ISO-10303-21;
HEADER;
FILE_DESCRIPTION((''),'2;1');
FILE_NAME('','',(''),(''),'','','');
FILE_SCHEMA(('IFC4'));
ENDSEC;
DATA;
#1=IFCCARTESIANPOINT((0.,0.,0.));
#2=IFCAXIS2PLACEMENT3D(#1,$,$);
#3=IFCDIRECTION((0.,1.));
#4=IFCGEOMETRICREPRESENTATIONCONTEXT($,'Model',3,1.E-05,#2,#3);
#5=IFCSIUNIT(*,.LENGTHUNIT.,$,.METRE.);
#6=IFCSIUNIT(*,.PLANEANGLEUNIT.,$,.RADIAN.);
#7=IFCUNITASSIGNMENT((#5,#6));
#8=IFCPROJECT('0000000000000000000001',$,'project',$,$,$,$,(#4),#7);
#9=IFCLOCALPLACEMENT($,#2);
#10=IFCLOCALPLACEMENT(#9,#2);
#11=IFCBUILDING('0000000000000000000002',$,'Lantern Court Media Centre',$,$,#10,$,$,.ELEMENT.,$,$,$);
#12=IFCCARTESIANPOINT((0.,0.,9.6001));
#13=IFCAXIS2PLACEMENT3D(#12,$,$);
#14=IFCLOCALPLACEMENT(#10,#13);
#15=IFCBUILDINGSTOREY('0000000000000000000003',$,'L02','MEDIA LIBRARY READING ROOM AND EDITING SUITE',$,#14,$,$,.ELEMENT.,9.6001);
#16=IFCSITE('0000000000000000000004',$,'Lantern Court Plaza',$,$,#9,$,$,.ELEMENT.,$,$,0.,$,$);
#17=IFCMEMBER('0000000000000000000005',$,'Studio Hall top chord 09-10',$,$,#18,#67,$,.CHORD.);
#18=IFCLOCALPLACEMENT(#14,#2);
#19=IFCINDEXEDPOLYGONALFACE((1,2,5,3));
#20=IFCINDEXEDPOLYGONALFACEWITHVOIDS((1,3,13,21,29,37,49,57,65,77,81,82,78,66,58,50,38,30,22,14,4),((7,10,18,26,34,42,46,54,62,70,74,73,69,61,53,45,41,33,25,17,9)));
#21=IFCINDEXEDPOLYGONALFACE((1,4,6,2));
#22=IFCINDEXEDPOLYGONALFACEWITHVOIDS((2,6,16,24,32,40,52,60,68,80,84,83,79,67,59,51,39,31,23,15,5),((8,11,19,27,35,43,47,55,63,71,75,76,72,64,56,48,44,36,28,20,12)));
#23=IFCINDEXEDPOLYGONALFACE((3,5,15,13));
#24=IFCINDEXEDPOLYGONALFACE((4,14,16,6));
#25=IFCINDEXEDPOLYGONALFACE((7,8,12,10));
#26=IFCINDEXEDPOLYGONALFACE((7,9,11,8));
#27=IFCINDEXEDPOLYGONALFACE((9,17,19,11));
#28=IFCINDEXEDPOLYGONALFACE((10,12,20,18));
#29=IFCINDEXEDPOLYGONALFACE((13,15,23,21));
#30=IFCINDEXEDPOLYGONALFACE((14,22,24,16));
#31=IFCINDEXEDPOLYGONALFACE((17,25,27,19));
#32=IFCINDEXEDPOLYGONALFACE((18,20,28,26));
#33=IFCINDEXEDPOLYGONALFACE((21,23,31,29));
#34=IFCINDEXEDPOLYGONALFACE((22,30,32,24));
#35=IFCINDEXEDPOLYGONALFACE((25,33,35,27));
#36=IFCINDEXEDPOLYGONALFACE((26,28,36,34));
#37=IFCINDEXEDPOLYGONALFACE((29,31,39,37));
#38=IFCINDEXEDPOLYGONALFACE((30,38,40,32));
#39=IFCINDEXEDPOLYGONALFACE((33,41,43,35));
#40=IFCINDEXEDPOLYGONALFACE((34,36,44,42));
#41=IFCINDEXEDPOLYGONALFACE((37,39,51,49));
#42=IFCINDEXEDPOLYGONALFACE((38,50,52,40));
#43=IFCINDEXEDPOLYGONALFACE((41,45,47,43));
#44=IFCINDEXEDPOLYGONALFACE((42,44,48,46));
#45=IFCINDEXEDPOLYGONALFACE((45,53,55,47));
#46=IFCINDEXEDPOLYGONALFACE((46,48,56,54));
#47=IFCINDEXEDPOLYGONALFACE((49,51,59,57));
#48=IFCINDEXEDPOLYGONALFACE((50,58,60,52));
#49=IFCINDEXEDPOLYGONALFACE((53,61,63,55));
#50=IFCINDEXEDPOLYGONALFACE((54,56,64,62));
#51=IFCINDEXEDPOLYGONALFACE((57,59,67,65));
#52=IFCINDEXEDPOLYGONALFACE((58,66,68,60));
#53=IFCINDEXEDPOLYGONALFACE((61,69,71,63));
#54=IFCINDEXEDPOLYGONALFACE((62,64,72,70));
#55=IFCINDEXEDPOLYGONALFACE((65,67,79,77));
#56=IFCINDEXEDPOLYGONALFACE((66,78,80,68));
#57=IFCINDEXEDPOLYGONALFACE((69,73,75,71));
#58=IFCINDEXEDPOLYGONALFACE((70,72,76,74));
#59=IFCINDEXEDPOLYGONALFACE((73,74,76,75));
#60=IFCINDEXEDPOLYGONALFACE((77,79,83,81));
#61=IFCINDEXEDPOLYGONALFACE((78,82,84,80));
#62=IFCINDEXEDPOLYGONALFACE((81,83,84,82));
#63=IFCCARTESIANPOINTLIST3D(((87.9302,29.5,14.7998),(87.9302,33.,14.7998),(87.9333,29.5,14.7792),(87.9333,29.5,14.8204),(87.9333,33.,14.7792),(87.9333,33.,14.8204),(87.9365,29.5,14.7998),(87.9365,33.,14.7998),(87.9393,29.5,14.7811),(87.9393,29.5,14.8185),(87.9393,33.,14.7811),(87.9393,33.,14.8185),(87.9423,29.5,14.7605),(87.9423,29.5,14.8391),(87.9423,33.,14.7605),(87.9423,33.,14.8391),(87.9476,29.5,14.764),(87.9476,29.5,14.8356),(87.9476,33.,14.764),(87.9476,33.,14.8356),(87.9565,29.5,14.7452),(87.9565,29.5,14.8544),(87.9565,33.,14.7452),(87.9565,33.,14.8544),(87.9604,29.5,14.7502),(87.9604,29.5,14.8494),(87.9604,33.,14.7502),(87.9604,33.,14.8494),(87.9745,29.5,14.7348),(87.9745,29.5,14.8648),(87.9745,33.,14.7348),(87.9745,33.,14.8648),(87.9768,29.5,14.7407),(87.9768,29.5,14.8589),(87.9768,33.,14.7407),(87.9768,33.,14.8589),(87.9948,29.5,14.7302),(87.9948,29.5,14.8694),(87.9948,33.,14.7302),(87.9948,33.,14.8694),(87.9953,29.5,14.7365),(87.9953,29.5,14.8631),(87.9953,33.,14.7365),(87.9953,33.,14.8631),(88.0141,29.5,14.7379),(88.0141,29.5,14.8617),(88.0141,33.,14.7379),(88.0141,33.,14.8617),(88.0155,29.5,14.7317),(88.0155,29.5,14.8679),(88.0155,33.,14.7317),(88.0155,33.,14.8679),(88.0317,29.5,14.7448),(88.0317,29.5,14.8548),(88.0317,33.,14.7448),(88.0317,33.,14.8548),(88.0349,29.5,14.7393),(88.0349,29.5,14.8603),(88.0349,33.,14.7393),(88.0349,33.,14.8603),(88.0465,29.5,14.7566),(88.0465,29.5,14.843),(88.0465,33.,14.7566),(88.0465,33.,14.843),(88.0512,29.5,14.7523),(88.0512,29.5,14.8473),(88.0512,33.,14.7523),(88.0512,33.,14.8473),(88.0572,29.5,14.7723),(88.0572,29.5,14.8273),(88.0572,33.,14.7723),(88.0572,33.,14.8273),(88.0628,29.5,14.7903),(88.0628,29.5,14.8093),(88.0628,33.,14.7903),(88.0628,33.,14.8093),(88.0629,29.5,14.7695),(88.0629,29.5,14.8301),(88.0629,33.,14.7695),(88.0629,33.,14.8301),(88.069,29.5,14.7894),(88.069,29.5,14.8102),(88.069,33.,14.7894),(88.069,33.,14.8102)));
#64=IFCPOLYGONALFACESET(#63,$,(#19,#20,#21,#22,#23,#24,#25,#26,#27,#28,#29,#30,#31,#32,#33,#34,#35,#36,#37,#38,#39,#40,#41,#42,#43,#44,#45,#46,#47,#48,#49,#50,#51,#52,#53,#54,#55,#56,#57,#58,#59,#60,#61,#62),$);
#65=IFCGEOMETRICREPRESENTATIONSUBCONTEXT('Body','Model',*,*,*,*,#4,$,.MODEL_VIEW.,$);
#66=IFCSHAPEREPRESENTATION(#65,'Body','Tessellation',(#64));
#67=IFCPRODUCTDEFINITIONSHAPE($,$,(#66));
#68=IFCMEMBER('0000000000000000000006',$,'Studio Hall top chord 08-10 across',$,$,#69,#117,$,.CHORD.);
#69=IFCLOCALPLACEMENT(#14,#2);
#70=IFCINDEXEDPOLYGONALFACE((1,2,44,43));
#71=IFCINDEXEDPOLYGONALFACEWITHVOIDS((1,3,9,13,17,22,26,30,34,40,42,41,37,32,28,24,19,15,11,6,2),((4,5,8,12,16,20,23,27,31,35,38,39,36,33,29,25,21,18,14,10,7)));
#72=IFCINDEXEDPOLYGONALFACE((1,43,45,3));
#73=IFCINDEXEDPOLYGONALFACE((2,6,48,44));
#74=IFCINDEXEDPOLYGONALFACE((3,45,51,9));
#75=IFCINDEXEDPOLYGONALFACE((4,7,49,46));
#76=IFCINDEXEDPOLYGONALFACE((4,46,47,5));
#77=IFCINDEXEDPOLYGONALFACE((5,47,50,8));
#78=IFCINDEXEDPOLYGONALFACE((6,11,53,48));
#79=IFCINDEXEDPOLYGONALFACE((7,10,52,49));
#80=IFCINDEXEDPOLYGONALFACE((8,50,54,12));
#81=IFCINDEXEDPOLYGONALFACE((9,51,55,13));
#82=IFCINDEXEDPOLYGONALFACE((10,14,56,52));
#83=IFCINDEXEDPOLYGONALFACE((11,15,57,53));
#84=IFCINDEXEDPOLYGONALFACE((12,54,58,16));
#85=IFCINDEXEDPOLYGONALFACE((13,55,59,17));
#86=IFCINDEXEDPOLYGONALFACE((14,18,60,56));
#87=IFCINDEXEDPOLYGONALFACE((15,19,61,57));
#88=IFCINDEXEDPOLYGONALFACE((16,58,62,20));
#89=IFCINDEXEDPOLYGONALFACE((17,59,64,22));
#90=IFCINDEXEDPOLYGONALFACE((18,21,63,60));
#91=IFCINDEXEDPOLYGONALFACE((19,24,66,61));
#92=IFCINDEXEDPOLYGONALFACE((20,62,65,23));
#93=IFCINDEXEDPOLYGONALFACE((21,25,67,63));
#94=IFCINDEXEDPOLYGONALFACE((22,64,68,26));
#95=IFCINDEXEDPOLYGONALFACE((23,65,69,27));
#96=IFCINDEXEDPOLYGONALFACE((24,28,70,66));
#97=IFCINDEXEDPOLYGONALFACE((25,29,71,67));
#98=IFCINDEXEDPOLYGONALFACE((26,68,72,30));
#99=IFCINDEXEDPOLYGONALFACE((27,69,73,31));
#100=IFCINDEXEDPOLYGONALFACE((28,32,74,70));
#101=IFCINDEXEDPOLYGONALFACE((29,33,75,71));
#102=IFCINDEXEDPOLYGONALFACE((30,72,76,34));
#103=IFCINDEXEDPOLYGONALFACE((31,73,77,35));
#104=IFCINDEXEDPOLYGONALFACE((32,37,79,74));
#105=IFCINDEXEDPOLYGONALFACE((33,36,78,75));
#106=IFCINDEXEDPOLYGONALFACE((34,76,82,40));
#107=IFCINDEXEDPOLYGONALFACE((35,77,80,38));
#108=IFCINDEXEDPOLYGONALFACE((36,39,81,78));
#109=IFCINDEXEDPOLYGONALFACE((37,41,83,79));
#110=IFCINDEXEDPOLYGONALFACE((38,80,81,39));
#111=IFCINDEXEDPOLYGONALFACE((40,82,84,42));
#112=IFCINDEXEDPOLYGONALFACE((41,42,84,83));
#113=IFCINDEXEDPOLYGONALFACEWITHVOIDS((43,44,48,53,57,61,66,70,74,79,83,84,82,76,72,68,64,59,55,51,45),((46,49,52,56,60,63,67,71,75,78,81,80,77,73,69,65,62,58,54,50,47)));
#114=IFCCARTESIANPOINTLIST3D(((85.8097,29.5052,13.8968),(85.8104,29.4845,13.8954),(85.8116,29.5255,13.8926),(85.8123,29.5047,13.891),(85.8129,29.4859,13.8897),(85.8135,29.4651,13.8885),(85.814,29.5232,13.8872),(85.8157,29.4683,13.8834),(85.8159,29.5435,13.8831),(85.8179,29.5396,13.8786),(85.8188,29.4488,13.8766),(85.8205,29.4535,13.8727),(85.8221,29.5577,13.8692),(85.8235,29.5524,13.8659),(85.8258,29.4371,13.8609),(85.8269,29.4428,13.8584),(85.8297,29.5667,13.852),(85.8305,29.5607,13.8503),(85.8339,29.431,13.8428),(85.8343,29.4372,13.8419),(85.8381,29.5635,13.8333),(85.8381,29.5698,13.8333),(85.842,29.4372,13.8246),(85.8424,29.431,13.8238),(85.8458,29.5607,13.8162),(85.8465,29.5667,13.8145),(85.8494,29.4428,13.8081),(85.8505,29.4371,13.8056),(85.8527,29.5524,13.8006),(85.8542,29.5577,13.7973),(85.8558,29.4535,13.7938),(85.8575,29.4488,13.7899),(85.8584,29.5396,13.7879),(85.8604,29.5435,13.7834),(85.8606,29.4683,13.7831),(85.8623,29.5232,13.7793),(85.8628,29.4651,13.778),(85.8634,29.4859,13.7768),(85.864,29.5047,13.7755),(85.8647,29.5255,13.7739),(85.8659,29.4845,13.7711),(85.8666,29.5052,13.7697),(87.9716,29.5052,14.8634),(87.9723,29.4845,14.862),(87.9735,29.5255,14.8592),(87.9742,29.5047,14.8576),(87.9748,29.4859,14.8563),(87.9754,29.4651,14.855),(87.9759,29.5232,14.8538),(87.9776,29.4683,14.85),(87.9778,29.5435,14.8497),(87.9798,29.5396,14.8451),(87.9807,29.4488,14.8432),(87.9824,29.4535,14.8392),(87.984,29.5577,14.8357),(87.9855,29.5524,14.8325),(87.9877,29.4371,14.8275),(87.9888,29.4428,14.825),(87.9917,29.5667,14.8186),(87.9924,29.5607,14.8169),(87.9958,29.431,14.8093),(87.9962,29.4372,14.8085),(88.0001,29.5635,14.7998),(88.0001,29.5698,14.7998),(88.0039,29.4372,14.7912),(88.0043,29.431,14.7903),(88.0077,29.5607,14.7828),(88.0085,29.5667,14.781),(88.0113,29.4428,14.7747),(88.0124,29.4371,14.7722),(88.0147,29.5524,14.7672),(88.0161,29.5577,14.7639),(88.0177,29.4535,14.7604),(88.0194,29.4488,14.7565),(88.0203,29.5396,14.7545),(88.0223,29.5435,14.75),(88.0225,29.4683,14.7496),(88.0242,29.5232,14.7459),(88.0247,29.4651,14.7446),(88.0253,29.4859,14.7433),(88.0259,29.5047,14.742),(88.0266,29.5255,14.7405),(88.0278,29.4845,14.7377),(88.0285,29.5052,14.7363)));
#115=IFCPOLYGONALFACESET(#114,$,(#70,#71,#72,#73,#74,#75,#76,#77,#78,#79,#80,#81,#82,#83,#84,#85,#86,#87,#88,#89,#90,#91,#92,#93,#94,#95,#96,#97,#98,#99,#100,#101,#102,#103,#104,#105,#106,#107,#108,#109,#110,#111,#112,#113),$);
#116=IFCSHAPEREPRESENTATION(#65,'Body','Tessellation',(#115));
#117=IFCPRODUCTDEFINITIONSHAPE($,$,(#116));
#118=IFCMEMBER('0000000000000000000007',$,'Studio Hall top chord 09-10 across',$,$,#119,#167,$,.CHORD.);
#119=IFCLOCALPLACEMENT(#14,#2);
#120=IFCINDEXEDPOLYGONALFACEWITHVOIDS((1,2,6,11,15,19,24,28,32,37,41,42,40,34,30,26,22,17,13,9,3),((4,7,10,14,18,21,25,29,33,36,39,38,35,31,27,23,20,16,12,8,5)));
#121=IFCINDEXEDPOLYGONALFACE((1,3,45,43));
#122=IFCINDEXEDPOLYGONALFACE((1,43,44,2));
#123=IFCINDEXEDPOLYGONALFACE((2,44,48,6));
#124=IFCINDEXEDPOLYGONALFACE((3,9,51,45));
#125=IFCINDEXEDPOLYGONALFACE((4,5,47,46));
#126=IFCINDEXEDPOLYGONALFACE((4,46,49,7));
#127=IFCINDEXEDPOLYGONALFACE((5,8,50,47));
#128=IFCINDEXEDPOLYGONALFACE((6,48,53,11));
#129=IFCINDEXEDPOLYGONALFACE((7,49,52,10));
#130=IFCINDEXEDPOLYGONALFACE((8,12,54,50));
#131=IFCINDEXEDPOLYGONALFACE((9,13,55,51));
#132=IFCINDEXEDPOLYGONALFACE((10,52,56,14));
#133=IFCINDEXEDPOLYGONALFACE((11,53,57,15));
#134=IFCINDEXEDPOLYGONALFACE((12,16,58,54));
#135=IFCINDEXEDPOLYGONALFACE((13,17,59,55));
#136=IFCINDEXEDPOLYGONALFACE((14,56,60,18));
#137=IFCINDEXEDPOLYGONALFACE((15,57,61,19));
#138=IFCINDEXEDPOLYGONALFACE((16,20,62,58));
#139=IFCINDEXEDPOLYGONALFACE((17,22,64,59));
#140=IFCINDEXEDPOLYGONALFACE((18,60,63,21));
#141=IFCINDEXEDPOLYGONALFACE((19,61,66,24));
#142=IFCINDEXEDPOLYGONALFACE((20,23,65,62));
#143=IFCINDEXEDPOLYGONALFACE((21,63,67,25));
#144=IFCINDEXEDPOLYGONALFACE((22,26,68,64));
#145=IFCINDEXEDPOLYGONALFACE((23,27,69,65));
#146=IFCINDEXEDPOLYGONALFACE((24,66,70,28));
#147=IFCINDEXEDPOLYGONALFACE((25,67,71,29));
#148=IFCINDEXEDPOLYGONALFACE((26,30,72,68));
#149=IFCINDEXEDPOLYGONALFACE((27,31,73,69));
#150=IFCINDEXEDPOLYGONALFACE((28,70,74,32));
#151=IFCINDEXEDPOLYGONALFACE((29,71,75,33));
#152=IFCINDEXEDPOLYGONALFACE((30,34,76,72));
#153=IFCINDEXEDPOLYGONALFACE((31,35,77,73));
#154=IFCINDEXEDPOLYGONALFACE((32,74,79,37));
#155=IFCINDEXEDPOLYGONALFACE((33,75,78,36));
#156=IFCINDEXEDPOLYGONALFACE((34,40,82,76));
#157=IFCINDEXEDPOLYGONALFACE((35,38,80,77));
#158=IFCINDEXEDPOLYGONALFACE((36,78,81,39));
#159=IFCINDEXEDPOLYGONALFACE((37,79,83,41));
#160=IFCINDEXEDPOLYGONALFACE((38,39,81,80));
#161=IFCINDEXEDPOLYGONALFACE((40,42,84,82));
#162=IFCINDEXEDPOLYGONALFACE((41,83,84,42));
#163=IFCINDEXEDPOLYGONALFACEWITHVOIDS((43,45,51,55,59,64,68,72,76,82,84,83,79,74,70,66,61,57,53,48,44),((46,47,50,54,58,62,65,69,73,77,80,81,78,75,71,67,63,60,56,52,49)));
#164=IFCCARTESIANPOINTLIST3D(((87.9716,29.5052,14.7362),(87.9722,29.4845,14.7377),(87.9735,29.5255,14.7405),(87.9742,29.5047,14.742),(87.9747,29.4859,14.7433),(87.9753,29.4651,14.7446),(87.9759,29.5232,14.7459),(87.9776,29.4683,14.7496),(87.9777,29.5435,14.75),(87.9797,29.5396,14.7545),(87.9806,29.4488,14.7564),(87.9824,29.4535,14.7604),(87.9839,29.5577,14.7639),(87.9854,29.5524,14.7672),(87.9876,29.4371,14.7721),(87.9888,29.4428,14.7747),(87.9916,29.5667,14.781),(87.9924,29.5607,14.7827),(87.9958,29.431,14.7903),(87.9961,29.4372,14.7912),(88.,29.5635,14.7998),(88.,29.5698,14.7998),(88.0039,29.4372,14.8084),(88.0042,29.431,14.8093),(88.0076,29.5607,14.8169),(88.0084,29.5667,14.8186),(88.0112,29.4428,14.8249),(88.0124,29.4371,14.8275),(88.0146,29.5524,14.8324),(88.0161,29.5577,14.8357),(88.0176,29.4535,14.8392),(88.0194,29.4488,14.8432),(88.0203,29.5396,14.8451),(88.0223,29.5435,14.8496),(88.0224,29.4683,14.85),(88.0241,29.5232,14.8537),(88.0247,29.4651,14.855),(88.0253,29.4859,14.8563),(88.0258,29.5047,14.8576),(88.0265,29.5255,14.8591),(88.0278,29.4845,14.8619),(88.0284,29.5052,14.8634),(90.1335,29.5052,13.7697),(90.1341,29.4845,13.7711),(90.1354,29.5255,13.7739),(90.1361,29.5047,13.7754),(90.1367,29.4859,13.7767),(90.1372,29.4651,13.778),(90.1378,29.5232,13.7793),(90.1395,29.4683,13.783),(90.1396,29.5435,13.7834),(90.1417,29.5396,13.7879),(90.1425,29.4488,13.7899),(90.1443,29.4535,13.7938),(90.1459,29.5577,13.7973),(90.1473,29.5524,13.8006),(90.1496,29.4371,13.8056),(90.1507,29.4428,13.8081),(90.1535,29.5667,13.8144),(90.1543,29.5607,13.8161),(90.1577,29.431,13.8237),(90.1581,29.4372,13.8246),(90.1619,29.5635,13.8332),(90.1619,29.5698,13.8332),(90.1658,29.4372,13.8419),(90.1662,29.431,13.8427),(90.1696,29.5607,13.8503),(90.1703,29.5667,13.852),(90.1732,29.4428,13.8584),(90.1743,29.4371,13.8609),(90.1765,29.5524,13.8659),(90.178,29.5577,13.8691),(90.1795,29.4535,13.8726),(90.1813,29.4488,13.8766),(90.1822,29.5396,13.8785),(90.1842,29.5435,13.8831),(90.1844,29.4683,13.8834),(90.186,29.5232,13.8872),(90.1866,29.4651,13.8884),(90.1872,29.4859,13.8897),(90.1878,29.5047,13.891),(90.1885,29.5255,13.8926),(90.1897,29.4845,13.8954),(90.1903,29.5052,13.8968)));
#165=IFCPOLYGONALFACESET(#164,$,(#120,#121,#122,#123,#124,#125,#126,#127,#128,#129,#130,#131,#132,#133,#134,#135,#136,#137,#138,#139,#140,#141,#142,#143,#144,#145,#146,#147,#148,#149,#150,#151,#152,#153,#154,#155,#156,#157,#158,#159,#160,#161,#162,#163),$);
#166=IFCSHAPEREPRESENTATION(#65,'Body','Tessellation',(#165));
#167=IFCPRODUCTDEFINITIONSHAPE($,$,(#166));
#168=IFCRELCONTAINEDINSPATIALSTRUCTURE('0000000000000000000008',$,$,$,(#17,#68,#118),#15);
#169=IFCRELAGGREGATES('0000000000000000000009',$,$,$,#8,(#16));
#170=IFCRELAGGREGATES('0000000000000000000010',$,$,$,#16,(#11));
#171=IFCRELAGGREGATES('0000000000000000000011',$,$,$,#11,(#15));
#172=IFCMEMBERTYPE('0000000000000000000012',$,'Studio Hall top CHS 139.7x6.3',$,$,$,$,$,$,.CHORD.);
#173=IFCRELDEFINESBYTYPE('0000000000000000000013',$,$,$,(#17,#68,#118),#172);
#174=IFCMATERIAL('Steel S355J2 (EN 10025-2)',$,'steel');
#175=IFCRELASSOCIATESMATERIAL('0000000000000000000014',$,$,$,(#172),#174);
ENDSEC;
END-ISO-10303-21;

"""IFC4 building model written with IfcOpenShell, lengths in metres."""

from ifc_helpers import new_model, si_unit, direction, frame, origin, origin_2d, place, context, subcontext, project, spatial, hollow_circle, extrude, material, material_profile, profile_set, type_object, element, save


model = new_model("IFC4")

# Units and contexts
model_context = context("Model", 3, precision=1e-05, world=origin(), true_north=direction((0.0, 1.0)))
body_context = subcontext(model_context, "Body", "Model", "MODEL_VIEW")
ifc_project = project(units=[si_unit("LENGTHUNIT", "METRE"), si_unit("PLANEANGLEUNIT", "RADIAN")], contexts=[model_context])

# Site, building, storey
site_placement = place(None, origin())
site = spatial("IfcSite", under=ifc_project, at=site_placement, Name="Lantern Court Plaza", CompositionType="ELEMENT", RefElevation=0.0)
building_placement = place(site_placement, origin())
building = spatial("IfcBuilding", under=site, at=building_placement, Name="Lantern Court Media Centre", CompositionType="ELEMENT")
storey_placement = place(building_placement, frame((0.0, 0.0, 9.6001)))
storey = spatial("IfcBuildingStorey", under=building, at=storey_placement, Name="L02", Description="MEDIA LIBRARY READING ROOM AND EDITING SUITE", CompositionType="ELEMENT", Elevation=9.6001)

# Members
ifc_material = material(Name="Steel S355J2 (EN 10025-2)", Category="steel")
ifc_material_profile_1 = material_profile(ifc_material, hollow_circle(Radius=0.0698, WallThickness=0.0063, at=origin_2d()), Name="Studio Hall top CHS 139.7x6.3")
ifc_profile_set_1 = profile_set([ifc_material_profile_1], Name="Steel S355J2 (EN 10025-2)")
member_type_1 = type_object("IfcMemberType", Name="Studio Hall top CHS 139.7x6.3", PredefinedType="CHORD", material=ifc_profile_set_1)
for number, where, z_axis, x_axis, name in (
    (1, (88.0, 29.5, 14.7998), (0.0, 1.0, 0.0), (-1.0, 0.0, 0.0), "Studio Hall top chord 09-10"),
):
    element("IfcMember", number, at=place(storey_placement, frame(where, z_axis=z_axis, x_axis=x_axis)), inside=storey, type_object=member_type_1, Name=name, PredefinedType="CHORD", context=body_context, shape_type="SweptSolid", body=[
        extrude(hollow_circle(Radius=0.0698, WallThickness=0.0063, at=origin_2d()), origin(), (0.0, 0.0, 1.0), 3.5),
    ])
for number, where, z_axis, x_axis, name in (
    (2, (85.8381, 29.5, 13.8333), (0.912912, 0.0, 0.408156), (0.0, 1.0, 0.0), "Studio Hall top chord 08-10 across"),
    (3, (88.0, 29.5, 14.7998), (0.912912, 0.0, -0.408156), (0.0, 1.0, 0.0), "Studio Hall top chord 09-10 across"),
):
    element("IfcMember", number, at=place(storey_placement, frame(where, z_axis=z_axis, x_axis=x_axis)), inside=storey, type_object=member_type_1, Name=name, PredefinedType="CHORD", context=body_context, shape_type="SweptSolid", body=[
        extrude(hollow_circle(Radius=0.0698, WallThickness=0.0063, at=origin_2d()), origin(), (0.0, 0.0, 1.0), 2.3682),
    ])

save(model, "model.ifc")
